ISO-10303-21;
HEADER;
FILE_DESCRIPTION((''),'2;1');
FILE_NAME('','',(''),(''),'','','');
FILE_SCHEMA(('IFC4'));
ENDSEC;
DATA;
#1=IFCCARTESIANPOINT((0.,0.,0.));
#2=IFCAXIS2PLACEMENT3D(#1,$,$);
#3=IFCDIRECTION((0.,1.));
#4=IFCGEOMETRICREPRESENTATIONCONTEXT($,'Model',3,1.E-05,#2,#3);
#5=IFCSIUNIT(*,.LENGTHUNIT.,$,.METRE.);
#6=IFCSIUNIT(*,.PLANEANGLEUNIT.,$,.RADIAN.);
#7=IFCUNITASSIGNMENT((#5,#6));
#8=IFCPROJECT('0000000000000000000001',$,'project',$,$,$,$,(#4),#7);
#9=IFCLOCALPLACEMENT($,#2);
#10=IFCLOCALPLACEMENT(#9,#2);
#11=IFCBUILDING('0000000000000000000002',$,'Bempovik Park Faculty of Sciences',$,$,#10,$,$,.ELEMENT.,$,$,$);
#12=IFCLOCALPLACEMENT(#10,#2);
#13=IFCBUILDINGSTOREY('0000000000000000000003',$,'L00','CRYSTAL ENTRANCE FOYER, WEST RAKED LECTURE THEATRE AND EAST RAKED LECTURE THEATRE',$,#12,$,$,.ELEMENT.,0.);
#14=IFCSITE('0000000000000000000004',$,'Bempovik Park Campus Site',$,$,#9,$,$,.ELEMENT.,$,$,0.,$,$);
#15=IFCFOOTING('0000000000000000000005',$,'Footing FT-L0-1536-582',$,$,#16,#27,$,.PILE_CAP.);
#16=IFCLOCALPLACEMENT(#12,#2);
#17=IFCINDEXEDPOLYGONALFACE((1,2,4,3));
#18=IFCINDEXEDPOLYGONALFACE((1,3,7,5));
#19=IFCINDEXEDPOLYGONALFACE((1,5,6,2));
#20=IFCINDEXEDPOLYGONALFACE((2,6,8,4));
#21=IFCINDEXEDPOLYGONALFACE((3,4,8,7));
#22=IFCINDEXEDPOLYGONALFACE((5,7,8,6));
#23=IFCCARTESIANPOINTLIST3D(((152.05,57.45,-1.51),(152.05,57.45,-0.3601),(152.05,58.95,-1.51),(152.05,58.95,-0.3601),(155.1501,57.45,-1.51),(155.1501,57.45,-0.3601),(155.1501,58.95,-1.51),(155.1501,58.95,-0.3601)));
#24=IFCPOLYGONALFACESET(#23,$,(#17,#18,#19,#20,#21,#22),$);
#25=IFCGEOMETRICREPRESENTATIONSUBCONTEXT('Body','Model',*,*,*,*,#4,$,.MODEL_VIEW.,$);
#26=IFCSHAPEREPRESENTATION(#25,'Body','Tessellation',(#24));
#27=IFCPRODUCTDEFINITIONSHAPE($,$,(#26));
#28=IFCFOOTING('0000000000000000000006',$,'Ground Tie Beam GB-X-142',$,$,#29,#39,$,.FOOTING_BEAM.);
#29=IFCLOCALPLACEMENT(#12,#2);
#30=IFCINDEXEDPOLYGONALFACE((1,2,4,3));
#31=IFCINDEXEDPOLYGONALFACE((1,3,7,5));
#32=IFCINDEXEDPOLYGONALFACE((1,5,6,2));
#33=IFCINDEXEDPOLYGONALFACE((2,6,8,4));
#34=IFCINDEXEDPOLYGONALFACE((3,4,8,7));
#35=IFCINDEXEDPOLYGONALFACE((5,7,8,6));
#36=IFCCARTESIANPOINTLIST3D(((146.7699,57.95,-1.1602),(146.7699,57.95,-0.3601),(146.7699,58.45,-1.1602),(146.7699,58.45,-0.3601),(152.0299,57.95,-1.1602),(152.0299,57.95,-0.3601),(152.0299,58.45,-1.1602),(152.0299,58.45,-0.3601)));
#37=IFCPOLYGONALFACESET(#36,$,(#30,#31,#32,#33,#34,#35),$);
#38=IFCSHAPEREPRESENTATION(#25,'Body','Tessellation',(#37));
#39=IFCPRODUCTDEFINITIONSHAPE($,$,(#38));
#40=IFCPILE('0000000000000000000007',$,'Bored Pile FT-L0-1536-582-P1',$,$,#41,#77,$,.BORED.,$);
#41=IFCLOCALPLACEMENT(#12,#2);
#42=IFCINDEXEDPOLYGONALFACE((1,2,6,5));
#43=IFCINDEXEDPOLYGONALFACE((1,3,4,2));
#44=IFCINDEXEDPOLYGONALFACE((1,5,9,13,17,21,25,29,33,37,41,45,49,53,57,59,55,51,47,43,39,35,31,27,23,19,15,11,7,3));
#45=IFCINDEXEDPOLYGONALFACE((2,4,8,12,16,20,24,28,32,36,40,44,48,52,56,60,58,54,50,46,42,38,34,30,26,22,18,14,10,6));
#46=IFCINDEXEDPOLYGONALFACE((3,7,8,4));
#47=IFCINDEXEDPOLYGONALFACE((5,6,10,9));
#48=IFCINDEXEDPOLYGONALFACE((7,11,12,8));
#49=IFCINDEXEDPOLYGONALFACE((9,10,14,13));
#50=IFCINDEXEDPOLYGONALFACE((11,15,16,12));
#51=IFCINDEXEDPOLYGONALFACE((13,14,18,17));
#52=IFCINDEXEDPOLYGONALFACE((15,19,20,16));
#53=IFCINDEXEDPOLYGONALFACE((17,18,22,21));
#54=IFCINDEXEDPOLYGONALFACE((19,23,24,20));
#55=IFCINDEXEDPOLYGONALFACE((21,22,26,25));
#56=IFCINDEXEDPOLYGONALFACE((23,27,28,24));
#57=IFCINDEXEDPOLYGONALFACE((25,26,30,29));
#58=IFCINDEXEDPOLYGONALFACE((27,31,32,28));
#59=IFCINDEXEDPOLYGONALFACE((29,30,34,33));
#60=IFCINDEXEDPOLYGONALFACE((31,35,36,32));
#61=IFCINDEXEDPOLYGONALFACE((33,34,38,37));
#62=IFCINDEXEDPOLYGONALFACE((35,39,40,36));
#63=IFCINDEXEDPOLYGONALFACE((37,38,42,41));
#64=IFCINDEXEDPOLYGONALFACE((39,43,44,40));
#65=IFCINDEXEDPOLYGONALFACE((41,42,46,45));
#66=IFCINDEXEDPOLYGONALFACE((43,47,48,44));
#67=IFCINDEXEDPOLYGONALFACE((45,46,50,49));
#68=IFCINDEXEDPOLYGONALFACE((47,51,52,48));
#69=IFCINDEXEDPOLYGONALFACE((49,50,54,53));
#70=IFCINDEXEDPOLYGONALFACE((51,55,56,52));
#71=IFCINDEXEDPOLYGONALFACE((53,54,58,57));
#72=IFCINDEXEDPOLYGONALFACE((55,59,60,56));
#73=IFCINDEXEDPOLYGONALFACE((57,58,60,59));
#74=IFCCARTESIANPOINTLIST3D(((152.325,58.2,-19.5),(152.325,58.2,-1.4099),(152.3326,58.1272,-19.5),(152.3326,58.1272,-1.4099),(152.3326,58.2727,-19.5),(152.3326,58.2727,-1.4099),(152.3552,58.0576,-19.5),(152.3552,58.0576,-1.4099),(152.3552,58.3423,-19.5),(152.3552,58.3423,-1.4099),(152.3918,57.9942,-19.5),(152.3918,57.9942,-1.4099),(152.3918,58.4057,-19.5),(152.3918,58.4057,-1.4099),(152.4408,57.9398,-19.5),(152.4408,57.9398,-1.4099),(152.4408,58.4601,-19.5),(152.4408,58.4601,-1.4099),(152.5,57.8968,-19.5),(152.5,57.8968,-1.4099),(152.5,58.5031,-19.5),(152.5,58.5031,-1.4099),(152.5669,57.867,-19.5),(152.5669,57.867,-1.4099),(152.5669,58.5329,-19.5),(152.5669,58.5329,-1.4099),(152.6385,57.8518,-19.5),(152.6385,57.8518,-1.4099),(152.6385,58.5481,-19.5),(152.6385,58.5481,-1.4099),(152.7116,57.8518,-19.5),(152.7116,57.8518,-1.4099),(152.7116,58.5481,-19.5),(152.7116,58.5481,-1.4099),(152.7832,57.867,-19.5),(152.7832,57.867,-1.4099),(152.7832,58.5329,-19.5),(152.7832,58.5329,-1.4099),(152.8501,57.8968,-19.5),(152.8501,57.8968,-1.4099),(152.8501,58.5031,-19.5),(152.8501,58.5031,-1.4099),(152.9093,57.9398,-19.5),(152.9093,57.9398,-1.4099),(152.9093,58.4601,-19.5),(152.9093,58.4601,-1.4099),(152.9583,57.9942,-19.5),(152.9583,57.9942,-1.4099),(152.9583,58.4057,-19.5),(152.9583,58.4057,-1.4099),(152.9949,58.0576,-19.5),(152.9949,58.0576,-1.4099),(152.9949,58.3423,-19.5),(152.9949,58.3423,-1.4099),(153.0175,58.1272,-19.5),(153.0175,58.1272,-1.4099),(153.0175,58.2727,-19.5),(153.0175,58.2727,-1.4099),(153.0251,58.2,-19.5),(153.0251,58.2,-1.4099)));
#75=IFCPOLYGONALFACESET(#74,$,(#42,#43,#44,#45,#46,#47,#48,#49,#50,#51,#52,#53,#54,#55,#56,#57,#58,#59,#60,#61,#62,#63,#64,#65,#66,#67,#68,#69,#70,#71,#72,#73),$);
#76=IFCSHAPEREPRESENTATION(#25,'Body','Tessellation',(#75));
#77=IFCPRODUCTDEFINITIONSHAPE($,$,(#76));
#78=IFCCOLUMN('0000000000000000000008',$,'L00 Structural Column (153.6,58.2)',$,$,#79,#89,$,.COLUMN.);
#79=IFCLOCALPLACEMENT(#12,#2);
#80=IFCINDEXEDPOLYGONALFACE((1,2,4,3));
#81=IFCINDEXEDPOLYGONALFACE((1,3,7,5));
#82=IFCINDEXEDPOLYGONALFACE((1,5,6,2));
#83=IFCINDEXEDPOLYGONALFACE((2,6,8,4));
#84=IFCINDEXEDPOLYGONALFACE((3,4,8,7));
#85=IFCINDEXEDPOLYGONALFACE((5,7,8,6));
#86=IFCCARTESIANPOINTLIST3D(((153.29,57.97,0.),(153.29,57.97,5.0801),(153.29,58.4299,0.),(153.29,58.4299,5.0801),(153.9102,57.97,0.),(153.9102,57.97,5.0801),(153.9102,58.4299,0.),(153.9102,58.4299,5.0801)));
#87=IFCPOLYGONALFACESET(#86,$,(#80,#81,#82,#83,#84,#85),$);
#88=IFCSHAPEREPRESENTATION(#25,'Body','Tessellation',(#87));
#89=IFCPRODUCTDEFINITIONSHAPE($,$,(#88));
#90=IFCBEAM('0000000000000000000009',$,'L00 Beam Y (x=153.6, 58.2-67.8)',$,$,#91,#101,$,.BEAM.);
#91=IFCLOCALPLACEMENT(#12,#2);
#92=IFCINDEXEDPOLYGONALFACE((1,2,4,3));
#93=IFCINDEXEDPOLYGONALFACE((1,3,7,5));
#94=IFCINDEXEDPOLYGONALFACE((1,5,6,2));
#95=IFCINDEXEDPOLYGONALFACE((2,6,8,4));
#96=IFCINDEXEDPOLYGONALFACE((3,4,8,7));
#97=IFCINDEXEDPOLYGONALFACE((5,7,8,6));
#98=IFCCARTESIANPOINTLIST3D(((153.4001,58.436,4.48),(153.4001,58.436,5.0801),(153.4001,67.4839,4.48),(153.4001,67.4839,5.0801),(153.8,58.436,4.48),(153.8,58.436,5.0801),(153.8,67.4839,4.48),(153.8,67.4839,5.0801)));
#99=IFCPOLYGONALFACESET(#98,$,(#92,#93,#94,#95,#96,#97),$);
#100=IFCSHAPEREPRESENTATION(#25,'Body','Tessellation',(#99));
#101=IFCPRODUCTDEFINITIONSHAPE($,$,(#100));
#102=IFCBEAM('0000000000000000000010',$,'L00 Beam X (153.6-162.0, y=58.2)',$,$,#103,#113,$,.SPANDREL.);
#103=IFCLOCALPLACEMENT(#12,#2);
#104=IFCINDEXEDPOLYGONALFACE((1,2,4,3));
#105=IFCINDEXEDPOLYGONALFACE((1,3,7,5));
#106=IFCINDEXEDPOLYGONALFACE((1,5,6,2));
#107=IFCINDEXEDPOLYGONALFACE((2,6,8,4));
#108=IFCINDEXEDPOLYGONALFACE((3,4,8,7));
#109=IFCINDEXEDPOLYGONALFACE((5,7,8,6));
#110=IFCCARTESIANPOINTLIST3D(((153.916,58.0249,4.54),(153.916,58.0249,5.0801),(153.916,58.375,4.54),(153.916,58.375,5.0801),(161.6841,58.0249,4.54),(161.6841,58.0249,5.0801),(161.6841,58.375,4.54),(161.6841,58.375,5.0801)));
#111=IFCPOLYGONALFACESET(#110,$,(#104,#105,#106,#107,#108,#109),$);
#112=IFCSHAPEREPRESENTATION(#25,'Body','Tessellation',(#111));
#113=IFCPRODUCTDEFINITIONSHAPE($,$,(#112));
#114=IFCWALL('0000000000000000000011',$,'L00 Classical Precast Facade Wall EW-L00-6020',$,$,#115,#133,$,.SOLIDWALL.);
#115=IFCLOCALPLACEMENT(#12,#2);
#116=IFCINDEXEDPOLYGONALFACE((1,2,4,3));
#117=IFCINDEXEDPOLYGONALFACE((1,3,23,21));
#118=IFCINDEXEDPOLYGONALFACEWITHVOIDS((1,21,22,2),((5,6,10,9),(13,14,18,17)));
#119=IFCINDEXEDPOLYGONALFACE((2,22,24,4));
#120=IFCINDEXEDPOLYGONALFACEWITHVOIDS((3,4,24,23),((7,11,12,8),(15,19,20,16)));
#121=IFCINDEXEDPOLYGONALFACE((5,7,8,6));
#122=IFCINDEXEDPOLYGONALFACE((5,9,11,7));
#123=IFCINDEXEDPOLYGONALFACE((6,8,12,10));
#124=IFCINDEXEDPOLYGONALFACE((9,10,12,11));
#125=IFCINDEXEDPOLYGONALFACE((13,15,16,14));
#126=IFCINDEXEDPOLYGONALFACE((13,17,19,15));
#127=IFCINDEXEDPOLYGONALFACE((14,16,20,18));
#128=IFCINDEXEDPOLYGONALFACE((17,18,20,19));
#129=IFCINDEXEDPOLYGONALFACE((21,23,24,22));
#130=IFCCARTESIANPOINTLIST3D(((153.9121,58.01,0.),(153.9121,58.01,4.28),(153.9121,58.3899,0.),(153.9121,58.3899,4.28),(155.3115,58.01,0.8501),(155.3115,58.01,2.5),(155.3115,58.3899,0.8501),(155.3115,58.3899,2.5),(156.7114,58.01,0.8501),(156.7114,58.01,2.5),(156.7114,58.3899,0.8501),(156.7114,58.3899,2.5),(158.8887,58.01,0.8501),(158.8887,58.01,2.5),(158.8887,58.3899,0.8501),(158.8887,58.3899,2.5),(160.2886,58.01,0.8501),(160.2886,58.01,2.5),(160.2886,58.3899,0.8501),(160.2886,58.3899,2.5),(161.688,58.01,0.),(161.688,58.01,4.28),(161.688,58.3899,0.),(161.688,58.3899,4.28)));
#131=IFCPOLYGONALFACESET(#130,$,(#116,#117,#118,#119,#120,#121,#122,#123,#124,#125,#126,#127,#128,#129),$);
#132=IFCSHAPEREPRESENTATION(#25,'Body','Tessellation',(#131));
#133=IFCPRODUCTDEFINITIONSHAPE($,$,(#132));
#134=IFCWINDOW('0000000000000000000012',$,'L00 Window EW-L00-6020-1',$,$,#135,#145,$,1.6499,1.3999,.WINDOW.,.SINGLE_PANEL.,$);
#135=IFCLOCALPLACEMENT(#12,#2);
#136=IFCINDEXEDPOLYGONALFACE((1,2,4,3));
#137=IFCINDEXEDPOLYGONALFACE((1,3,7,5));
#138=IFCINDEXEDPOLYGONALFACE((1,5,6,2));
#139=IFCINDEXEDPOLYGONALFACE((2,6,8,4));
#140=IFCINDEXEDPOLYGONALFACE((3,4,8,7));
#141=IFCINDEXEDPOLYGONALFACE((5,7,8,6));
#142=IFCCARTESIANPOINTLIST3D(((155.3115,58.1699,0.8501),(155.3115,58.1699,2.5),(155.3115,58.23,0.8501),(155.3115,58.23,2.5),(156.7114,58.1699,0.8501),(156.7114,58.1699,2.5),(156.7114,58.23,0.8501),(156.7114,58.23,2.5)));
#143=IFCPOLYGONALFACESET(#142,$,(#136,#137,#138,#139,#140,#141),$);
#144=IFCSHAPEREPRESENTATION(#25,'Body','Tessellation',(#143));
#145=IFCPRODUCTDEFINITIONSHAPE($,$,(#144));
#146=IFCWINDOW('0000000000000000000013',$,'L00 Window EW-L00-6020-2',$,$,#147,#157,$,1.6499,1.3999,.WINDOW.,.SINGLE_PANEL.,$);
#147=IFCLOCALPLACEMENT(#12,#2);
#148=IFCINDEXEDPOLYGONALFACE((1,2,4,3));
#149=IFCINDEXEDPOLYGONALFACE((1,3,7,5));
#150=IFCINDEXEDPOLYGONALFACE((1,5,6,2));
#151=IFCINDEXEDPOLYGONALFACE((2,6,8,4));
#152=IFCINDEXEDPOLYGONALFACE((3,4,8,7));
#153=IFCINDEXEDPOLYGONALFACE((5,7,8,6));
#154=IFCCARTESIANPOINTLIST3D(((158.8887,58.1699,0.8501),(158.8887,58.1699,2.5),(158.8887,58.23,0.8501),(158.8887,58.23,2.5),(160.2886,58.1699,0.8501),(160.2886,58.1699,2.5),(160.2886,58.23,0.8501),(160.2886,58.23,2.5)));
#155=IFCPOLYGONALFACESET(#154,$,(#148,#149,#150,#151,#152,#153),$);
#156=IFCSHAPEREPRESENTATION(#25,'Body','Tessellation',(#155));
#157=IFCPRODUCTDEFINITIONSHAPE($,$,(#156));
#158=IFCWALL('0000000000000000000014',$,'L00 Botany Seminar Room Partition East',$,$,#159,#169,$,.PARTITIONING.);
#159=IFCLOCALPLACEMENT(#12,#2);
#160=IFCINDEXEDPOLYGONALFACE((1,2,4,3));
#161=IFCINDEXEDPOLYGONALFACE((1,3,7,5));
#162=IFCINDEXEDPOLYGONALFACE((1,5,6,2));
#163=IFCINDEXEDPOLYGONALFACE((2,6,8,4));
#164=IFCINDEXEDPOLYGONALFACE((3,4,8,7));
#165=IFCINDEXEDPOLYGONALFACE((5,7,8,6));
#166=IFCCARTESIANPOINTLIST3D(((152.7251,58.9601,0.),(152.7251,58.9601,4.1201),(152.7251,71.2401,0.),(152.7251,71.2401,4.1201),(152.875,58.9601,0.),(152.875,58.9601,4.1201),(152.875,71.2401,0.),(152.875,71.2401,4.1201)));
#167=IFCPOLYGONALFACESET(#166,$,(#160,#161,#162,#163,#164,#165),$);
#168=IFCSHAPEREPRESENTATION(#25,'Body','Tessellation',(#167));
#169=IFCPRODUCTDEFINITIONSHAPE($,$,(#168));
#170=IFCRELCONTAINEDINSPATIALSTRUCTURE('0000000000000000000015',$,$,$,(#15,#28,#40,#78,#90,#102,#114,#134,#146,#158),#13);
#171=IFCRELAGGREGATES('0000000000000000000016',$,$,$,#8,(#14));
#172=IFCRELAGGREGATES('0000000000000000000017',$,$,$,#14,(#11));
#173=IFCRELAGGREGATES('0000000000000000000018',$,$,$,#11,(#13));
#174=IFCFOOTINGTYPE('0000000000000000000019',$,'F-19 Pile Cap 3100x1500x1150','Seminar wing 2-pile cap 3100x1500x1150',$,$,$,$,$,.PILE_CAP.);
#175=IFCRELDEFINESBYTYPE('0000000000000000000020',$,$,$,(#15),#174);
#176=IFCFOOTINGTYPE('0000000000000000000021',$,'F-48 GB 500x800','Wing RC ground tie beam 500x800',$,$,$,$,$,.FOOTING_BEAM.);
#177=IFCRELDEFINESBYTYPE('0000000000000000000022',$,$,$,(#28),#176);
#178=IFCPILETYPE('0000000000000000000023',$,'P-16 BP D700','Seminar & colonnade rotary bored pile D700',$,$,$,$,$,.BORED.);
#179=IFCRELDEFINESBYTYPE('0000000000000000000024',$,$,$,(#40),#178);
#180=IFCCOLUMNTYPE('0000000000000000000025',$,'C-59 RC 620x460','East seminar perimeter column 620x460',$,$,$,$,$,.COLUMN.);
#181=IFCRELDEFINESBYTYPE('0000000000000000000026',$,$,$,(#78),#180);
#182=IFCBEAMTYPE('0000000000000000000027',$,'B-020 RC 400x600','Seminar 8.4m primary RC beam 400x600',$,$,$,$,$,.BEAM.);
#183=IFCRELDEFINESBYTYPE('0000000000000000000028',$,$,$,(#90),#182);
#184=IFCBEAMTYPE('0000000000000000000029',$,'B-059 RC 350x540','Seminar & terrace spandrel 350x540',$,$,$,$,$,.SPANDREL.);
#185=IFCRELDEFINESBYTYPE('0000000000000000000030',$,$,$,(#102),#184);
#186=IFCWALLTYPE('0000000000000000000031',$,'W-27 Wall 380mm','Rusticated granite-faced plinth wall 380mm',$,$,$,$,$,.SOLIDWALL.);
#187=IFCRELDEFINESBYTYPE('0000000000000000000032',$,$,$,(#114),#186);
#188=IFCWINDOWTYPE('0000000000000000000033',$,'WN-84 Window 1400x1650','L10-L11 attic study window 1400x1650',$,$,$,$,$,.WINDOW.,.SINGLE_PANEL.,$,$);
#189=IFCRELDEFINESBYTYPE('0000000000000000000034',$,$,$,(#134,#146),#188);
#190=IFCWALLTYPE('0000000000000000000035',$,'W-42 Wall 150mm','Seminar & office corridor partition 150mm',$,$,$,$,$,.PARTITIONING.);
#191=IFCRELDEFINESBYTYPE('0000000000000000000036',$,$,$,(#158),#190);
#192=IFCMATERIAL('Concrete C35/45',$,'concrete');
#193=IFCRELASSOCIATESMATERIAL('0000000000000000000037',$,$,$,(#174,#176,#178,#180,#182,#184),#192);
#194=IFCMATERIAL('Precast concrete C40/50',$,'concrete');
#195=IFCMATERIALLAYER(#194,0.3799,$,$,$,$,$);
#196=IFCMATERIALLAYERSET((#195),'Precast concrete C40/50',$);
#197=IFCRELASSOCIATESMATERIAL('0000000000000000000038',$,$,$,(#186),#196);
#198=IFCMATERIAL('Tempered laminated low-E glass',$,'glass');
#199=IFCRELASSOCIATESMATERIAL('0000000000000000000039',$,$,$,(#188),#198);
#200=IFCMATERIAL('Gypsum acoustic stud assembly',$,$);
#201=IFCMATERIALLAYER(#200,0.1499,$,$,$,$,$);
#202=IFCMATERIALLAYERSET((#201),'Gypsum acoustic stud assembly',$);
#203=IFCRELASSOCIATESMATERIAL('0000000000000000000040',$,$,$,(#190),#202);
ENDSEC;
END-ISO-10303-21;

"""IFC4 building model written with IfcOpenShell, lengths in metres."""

from ifc_helpers import new_model, si_unit, direction, frame, frame_2d, origin, origin_2d, place, context, subcontext, project, spatial, rectangle, circle, extrude, material, layer, layer_set, material_profile, profile_set, type_object, element, fill, save


model = new_model("IFC4")

# Units and contexts
model_context = context("Model", 3, precision=1e-05, world=origin(), true_north=direction((0.0, 1.0)))
body_context = subcontext(model_context, "Body", "Model", "MODEL_VIEW")
ifc_project = project(units=[si_unit("LENGTHUNIT", "METRE"), si_unit("PLANEANGLEUNIT", "RADIAN")], contexts=[model_context])

# Site, building, storey
site_placement = place(None, origin())
site = spatial("IfcSite", under=ifc_project, at=site_placement, Name="Bempovik Park Campus Site", CompositionType="ELEMENT", RefElevation=0.0)
building_placement = place(site_placement, origin())
building = spatial("IfcBuilding", under=site, at=building_placement, Name="Bempovik Park Faculty of Sciences", CompositionType="ELEMENT")
storey_placement = place(building_placement, origin())
storey = spatial("IfcBuildingStorey", under=building, at=storey_placement, Name="L00", Description="CRYSTAL ENTRANCE FOYER, WEST RAKED LECTURE THEATRE AND EAST RAKED LECTURE THEATRE", CompositionType="ELEMENT", Elevation=0.0)

# Footings
ifc_material_1 = material(Name="Concrete C35/45", Category="concrete")
footing_type_1 = type_object("IfcFootingType", Name="F-19 Pile Cap 3100x1500x1150", Description="Seminar wing 2-pile cap 3100x1500x1150", PredefinedType="PILE_CAP", material=ifc_material_1)
footing_1_placement = place(storey_placement, frame((153.6001, 58.2, -1.51), z_axis=(0.0, 0.0, 1.0), x_axis=(1.0, 0.0, 0.0)))
element("IfcFooting", 1, at=footing_1_placement, inside=storey, type_object=footing_type_1, Name="Footing FT-L0-1536-582", PredefinedType="PILE_CAP", context=body_context, shape_type="SweptSolid", body=[
    extrude(rectangle(XDim=3.1001, YDim=1.5, at=origin_2d()), origin(), (0.0, 0.0, 1.0), 1.1499),
])
footing_type_2 = type_object("IfcFootingType", Name="F-48 GB 500x800", Description="Wing RC ground tie beam 500x800", PredefinedType="FOOTING_BEAM", material=ifc_material_1)
footing_2_placement = place(storey_placement, frame((149.3999, 58.2, -1.1602), z_axis=(0.0, 0.0, 1.0), x_axis=(1.0, 0.0, 0.0)))
element("IfcFooting", 2, at=footing_2_placement, inside=storey, type_object=footing_type_2, Name="Ground Tie Beam GB-X-142", PredefinedType="FOOTING_BEAM", context=body_context, shape_type="SweptSolid", body=[
    extrude(rectangle(XDim=5.26, YDim=0.5, at=origin_2d()), origin(), (0.0, 0.0, 1.0), 0.8),
])

# Pile
ifc_material_profile_1 = material_profile(ifc_material_1, circle(Radius=0.3501, at=origin_2d()), Name="BP D700")
ifc_profile_set_1 = profile_set([ifc_material_profile_1], Name="Concrete C35/45")
pile_type = type_object("IfcPileType", Name="P-16 BP D700", Description="Seminar & colonnade rotary bored pile D700", PredefinedType="BORED", material=ifc_profile_set_1)
pile_placement = place(storey_placement, frame((152.675, 58.2, -1.4099), z_axis=(0.0, 0.0, -1.0), x_axis=(1.0, 0.0, 0.0)))
element("IfcPile", 3, at=pile_placement, inside=storey, type_object=pile_type, Name="Bored Pile FT-L0-1536-582-P1", PredefinedType="BORED", context=body_context, shape_type="SweptSolid", body=[
    extrude(circle(Radius=0.3501, at=origin_2d()), origin(), (0.0, 0.0, 1.0), 18.0901),
])

# Column
ifc_material_profile_2 = material_profile(ifc_material_1, rectangle(XDim=0.6201, YDim=0.46, at=origin_2d()), Name="RC 620x460")
ifc_profile_set_2 = profile_set([ifc_material_profile_2], Name="Concrete C35/45")
column_type = type_object("IfcColumnType", Name="C-59 RC 620x460", Description="East seminar perimeter column 620x460", PredefinedType="COLUMN", material=ifc_profile_set_2)
column_placement = place(storey_placement, frame((153.6001, 58.2, 0.0), z_axis=(0.0, 0.0, 1.0), x_axis=(1.0, 0.0, 0.0)))
element("IfcColumn", 4, at=column_placement, inside=storey, type_object=column_type, Name="L00 Structural Column (153.6,58.2)", PredefinedType="COLUMN", context=body_context, shape_type="SweptSolid", body=[
    extrude(rectangle(XDim=0.6201, YDim=0.46, at=origin_2d()), origin(), (0.0, 0.0, 1.0), 5.0801),
])

# Beams
ifc_material_profile_3 = material_profile(ifc_material_1, rectangle(XDim=0.3999, YDim=0.6001, at=origin_2d()), Name="RC 400x600")
ifc_profile_set_3 = profile_set([ifc_material_profile_3], Name="Concrete C35/45")
beam_type_1 = type_object("IfcBeamType", Name="B-020 RC 400x600", Description="Seminar 8.4m primary RC beam 400x600", PredefinedType="BEAM", material=ifc_profile_set_3)
beam_1_placement = place(storey_placement, frame((153.6001, 58.436, 4.78), z_axis=(0.0, 1.0, 0.0), x_axis=(-1.0, 0.0, 0.0)))
element("IfcBeam", 5, at=beam_1_placement, inside=storey, type_object=beam_type_1, Name="L00 Beam Y (x=153.6, 58.2-67.8)", PredefinedType="BEAM", context=body_context, shape_type="SweptSolid", body=[
    extrude(rectangle(XDim=0.3999, YDim=0.6001, at=origin_2d()), origin(), (0.0, 0.0, 1.0), 9.0479),
])
ifc_material_profile_4 = material_profile(ifc_material_1, rectangle(XDim=0.3501, YDim=0.54, at=origin_2d()), Name="RC 350x540")
ifc_profile_set_4 = profile_set([ifc_material_profile_4], Name="Concrete C35/45")
beam_type_2 = type_object("IfcBeamType", Name="B-059 RC 350x540", Description="Seminar & terrace spandrel 350x540", PredefinedType="SPANDREL", material=ifc_profile_set_4)
beam_2_placement = place(storey_placement, frame((153.916, 58.2, 4.8101), z_axis=(1.0, 0.0, 0.0), x_axis=(0.0, 1.0, 0.0)))
element("IfcBeam", 6, at=beam_2_placement, inside=storey, type_object=beam_type_2, Name="L00 Beam X (153.6-162.0, y=58.2)", PredefinedType="SPANDREL", context=body_context, shape_type="SweptSolid", body=[
    extrude(rectangle(XDim=0.3501, YDim=0.54, at=origin_2d()), origin(), (0.0, 0.0, 1.0), 7.7681),
])

# Wall, openings, windows
ifc_material_2 = material(Name="Precast concrete C40/50", Category="concrete")
ifc_layer_1 = layer(ifc_material_2, 0.3799)
ifc_layer_set_1 = layer_set([ifc_layer_1], Name="Precast concrete C40/50")
wall_type_1 = type_object("IfcWallType", Name="W-27 Wall 380mm", Description="Rusticated granite-faced plinth wall 380mm", PredefinedType="SOLIDWALL", material=ifc_layer_set_1)
wall_1_placement = place(storey_placement, frame((153.9121, 58.2, 0.0), z_axis=(0.0, 0.0, 1.0), x_axis=(1.0, 0.0, 0.0)))
wall_1 = element("IfcWall", 7, at=wall_1_placement, inside=storey, type_object=wall_type_1, Name="L00 Classical Precast Facade Wall EW-L00-6020", PredefinedType="SOLIDWALL", context=body_context, shape_type="SweptSolid", body=[
    extrude(rectangle(XDim=7.7759, YDim=0.3799, at=frame_2d((3.8879, 0.0))), origin(), (0.0, 0.0, 1.0), 4.28),
])
opening_1_placement = place(wall_1_placement, frame((1.3994, 0.0, 0.8501)))
opening_1 = element("IfcOpeningElement", 8, at=opening_1_placement, cuts=wall_1, PredefinedType="OPENING", context=body_context, shape_type="SweptSolid", body=[
    extrude(rectangle(XDim=1.3999, YDim=1.6499, at=frame_2d((0.7, 0.825))), frame((0.0, 0.2, 0.0), z_axis=(0.0, -1.0, 0.0), x_axis=(1.0, 0.0, 0.0)), (0.0, 0.0, 1.0), 0.3999),
])
opening_2_placement = place(wall_1_placement, frame((4.9766, 0.0, 0.8501)))
opening_2 = element("IfcOpeningElement", 9, at=opening_2_placement, cuts=wall_1, PredefinedType="OPENING", context=body_context, shape_type="SweptSolid", body=[
    extrude(rectangle(XDim=1.3999, YDim=1.6499, at=frame_2d((0.7, 0.825))), frame((0.0, 0.2, 0.0), z_axis=(0.0, -1.0, 0.0), x_axis=(1.0, 0.0, 0.0)), (0.0, 0.0, 1.0), 0.3999),
])
ifc_material_3 = material(Name="Tempered laminated low-E glass", Category="glass")
window_type = type_object("IfcWindowType", Name="WN-84 Window 1400x1650", Description="L10-L11 attic study window 1400x1650", PartitioningType="SINGLE_PANEL", PredefinedType="WINDOW", material=ifc_material_3)
window_1_placement = place(opening_1_placement, origin())
window_1 = element("IfcWindow", 10, at=window_1_placement, inside=storey, type_object=window_type, Name="L00 Window EW-L00-6020-1", OverallHeight=1.6499, OverallWidth=1.3999, PartitioningType="SINGLE_PANEL", PredefinedType="WINDOW", context=body_context, shape_type="SweptSolid", body=[
    extrude(rectangle(XDim=1.3999, YDim=1.6499, at=frame_2d((0.7, 0.825))), frame((0.0, 0.03, 0.0), z_axis=(0.0, -1.0, 0.0), x_axis=(1.0, 0.0, 0.0)), (0.0, 0.0, 1.0), 0.0601),
])
fill(opening_1, window_1)
window_2_placement = place(opening_2_placement, origin())
window_2 = element("IfcWindow", 11, at=window_2_placement, inside=storey, type_object=window_type, Name="L00 Window EW-L00-6020-2", OverallHeight=1.6499, OverallWidth=1.3999, PartitioningType="SINGLE_PANEL", PredefinedType="WINDOW", context=body_context, shape_type="SweptSolid", body=[
    extrude(rectangle(XDim=1.3999, YDim=1.6499, at=frame_2d((0.7, 0.825))), frame((0.0, 0.03, 0.0), z_axis=(0.0, -1.0, 0.0), x_axis=(1.0, 0.0, 0.0)), (0.0, 0.0, 1.0), 0.0601),
])
fill(opening_2, window_2)

# Wall
ifc_material_4 = material(Name="Gypsum acoustic stud assembly")
ifc_layer_2 = layer(ifc_material_4, 0.1499)
ifc_layer_set_2 = layer_set([ifc_layer_2], Name="Gypsum acoustic stud assembly")
wall_type_2 = type_object("IfcWallType", Name="W-42 Wall 150mm", Description="Seminar & office corridor partition 150mm", PredefinedType="PARTITIONING", material=ifc_layer_set_2)
wall_2_placement = place(storey_placement, frame((152.8, 58.96, 0.0), z_axis=(0.0, 0.0, 1.0), x_axis=(0.0, 1.0, 0.0)))
element("IfcWall", 12, at=wall_2_placement, inside=storey, type_object=wall_type_2, Name="L00 Botany Seminar Room Partition East", PredefinedType="PARTITIONING", context=body_context, shape_type="SweptSolid", body=[
    extrude(rectangle(XDim=12.28, YDim=0.1499, at=frame_2d((6.1401, 0.0))), origin(), (0.0, 0.0, 1.0), 4.1201),
])

save(model, "model.ifc")
